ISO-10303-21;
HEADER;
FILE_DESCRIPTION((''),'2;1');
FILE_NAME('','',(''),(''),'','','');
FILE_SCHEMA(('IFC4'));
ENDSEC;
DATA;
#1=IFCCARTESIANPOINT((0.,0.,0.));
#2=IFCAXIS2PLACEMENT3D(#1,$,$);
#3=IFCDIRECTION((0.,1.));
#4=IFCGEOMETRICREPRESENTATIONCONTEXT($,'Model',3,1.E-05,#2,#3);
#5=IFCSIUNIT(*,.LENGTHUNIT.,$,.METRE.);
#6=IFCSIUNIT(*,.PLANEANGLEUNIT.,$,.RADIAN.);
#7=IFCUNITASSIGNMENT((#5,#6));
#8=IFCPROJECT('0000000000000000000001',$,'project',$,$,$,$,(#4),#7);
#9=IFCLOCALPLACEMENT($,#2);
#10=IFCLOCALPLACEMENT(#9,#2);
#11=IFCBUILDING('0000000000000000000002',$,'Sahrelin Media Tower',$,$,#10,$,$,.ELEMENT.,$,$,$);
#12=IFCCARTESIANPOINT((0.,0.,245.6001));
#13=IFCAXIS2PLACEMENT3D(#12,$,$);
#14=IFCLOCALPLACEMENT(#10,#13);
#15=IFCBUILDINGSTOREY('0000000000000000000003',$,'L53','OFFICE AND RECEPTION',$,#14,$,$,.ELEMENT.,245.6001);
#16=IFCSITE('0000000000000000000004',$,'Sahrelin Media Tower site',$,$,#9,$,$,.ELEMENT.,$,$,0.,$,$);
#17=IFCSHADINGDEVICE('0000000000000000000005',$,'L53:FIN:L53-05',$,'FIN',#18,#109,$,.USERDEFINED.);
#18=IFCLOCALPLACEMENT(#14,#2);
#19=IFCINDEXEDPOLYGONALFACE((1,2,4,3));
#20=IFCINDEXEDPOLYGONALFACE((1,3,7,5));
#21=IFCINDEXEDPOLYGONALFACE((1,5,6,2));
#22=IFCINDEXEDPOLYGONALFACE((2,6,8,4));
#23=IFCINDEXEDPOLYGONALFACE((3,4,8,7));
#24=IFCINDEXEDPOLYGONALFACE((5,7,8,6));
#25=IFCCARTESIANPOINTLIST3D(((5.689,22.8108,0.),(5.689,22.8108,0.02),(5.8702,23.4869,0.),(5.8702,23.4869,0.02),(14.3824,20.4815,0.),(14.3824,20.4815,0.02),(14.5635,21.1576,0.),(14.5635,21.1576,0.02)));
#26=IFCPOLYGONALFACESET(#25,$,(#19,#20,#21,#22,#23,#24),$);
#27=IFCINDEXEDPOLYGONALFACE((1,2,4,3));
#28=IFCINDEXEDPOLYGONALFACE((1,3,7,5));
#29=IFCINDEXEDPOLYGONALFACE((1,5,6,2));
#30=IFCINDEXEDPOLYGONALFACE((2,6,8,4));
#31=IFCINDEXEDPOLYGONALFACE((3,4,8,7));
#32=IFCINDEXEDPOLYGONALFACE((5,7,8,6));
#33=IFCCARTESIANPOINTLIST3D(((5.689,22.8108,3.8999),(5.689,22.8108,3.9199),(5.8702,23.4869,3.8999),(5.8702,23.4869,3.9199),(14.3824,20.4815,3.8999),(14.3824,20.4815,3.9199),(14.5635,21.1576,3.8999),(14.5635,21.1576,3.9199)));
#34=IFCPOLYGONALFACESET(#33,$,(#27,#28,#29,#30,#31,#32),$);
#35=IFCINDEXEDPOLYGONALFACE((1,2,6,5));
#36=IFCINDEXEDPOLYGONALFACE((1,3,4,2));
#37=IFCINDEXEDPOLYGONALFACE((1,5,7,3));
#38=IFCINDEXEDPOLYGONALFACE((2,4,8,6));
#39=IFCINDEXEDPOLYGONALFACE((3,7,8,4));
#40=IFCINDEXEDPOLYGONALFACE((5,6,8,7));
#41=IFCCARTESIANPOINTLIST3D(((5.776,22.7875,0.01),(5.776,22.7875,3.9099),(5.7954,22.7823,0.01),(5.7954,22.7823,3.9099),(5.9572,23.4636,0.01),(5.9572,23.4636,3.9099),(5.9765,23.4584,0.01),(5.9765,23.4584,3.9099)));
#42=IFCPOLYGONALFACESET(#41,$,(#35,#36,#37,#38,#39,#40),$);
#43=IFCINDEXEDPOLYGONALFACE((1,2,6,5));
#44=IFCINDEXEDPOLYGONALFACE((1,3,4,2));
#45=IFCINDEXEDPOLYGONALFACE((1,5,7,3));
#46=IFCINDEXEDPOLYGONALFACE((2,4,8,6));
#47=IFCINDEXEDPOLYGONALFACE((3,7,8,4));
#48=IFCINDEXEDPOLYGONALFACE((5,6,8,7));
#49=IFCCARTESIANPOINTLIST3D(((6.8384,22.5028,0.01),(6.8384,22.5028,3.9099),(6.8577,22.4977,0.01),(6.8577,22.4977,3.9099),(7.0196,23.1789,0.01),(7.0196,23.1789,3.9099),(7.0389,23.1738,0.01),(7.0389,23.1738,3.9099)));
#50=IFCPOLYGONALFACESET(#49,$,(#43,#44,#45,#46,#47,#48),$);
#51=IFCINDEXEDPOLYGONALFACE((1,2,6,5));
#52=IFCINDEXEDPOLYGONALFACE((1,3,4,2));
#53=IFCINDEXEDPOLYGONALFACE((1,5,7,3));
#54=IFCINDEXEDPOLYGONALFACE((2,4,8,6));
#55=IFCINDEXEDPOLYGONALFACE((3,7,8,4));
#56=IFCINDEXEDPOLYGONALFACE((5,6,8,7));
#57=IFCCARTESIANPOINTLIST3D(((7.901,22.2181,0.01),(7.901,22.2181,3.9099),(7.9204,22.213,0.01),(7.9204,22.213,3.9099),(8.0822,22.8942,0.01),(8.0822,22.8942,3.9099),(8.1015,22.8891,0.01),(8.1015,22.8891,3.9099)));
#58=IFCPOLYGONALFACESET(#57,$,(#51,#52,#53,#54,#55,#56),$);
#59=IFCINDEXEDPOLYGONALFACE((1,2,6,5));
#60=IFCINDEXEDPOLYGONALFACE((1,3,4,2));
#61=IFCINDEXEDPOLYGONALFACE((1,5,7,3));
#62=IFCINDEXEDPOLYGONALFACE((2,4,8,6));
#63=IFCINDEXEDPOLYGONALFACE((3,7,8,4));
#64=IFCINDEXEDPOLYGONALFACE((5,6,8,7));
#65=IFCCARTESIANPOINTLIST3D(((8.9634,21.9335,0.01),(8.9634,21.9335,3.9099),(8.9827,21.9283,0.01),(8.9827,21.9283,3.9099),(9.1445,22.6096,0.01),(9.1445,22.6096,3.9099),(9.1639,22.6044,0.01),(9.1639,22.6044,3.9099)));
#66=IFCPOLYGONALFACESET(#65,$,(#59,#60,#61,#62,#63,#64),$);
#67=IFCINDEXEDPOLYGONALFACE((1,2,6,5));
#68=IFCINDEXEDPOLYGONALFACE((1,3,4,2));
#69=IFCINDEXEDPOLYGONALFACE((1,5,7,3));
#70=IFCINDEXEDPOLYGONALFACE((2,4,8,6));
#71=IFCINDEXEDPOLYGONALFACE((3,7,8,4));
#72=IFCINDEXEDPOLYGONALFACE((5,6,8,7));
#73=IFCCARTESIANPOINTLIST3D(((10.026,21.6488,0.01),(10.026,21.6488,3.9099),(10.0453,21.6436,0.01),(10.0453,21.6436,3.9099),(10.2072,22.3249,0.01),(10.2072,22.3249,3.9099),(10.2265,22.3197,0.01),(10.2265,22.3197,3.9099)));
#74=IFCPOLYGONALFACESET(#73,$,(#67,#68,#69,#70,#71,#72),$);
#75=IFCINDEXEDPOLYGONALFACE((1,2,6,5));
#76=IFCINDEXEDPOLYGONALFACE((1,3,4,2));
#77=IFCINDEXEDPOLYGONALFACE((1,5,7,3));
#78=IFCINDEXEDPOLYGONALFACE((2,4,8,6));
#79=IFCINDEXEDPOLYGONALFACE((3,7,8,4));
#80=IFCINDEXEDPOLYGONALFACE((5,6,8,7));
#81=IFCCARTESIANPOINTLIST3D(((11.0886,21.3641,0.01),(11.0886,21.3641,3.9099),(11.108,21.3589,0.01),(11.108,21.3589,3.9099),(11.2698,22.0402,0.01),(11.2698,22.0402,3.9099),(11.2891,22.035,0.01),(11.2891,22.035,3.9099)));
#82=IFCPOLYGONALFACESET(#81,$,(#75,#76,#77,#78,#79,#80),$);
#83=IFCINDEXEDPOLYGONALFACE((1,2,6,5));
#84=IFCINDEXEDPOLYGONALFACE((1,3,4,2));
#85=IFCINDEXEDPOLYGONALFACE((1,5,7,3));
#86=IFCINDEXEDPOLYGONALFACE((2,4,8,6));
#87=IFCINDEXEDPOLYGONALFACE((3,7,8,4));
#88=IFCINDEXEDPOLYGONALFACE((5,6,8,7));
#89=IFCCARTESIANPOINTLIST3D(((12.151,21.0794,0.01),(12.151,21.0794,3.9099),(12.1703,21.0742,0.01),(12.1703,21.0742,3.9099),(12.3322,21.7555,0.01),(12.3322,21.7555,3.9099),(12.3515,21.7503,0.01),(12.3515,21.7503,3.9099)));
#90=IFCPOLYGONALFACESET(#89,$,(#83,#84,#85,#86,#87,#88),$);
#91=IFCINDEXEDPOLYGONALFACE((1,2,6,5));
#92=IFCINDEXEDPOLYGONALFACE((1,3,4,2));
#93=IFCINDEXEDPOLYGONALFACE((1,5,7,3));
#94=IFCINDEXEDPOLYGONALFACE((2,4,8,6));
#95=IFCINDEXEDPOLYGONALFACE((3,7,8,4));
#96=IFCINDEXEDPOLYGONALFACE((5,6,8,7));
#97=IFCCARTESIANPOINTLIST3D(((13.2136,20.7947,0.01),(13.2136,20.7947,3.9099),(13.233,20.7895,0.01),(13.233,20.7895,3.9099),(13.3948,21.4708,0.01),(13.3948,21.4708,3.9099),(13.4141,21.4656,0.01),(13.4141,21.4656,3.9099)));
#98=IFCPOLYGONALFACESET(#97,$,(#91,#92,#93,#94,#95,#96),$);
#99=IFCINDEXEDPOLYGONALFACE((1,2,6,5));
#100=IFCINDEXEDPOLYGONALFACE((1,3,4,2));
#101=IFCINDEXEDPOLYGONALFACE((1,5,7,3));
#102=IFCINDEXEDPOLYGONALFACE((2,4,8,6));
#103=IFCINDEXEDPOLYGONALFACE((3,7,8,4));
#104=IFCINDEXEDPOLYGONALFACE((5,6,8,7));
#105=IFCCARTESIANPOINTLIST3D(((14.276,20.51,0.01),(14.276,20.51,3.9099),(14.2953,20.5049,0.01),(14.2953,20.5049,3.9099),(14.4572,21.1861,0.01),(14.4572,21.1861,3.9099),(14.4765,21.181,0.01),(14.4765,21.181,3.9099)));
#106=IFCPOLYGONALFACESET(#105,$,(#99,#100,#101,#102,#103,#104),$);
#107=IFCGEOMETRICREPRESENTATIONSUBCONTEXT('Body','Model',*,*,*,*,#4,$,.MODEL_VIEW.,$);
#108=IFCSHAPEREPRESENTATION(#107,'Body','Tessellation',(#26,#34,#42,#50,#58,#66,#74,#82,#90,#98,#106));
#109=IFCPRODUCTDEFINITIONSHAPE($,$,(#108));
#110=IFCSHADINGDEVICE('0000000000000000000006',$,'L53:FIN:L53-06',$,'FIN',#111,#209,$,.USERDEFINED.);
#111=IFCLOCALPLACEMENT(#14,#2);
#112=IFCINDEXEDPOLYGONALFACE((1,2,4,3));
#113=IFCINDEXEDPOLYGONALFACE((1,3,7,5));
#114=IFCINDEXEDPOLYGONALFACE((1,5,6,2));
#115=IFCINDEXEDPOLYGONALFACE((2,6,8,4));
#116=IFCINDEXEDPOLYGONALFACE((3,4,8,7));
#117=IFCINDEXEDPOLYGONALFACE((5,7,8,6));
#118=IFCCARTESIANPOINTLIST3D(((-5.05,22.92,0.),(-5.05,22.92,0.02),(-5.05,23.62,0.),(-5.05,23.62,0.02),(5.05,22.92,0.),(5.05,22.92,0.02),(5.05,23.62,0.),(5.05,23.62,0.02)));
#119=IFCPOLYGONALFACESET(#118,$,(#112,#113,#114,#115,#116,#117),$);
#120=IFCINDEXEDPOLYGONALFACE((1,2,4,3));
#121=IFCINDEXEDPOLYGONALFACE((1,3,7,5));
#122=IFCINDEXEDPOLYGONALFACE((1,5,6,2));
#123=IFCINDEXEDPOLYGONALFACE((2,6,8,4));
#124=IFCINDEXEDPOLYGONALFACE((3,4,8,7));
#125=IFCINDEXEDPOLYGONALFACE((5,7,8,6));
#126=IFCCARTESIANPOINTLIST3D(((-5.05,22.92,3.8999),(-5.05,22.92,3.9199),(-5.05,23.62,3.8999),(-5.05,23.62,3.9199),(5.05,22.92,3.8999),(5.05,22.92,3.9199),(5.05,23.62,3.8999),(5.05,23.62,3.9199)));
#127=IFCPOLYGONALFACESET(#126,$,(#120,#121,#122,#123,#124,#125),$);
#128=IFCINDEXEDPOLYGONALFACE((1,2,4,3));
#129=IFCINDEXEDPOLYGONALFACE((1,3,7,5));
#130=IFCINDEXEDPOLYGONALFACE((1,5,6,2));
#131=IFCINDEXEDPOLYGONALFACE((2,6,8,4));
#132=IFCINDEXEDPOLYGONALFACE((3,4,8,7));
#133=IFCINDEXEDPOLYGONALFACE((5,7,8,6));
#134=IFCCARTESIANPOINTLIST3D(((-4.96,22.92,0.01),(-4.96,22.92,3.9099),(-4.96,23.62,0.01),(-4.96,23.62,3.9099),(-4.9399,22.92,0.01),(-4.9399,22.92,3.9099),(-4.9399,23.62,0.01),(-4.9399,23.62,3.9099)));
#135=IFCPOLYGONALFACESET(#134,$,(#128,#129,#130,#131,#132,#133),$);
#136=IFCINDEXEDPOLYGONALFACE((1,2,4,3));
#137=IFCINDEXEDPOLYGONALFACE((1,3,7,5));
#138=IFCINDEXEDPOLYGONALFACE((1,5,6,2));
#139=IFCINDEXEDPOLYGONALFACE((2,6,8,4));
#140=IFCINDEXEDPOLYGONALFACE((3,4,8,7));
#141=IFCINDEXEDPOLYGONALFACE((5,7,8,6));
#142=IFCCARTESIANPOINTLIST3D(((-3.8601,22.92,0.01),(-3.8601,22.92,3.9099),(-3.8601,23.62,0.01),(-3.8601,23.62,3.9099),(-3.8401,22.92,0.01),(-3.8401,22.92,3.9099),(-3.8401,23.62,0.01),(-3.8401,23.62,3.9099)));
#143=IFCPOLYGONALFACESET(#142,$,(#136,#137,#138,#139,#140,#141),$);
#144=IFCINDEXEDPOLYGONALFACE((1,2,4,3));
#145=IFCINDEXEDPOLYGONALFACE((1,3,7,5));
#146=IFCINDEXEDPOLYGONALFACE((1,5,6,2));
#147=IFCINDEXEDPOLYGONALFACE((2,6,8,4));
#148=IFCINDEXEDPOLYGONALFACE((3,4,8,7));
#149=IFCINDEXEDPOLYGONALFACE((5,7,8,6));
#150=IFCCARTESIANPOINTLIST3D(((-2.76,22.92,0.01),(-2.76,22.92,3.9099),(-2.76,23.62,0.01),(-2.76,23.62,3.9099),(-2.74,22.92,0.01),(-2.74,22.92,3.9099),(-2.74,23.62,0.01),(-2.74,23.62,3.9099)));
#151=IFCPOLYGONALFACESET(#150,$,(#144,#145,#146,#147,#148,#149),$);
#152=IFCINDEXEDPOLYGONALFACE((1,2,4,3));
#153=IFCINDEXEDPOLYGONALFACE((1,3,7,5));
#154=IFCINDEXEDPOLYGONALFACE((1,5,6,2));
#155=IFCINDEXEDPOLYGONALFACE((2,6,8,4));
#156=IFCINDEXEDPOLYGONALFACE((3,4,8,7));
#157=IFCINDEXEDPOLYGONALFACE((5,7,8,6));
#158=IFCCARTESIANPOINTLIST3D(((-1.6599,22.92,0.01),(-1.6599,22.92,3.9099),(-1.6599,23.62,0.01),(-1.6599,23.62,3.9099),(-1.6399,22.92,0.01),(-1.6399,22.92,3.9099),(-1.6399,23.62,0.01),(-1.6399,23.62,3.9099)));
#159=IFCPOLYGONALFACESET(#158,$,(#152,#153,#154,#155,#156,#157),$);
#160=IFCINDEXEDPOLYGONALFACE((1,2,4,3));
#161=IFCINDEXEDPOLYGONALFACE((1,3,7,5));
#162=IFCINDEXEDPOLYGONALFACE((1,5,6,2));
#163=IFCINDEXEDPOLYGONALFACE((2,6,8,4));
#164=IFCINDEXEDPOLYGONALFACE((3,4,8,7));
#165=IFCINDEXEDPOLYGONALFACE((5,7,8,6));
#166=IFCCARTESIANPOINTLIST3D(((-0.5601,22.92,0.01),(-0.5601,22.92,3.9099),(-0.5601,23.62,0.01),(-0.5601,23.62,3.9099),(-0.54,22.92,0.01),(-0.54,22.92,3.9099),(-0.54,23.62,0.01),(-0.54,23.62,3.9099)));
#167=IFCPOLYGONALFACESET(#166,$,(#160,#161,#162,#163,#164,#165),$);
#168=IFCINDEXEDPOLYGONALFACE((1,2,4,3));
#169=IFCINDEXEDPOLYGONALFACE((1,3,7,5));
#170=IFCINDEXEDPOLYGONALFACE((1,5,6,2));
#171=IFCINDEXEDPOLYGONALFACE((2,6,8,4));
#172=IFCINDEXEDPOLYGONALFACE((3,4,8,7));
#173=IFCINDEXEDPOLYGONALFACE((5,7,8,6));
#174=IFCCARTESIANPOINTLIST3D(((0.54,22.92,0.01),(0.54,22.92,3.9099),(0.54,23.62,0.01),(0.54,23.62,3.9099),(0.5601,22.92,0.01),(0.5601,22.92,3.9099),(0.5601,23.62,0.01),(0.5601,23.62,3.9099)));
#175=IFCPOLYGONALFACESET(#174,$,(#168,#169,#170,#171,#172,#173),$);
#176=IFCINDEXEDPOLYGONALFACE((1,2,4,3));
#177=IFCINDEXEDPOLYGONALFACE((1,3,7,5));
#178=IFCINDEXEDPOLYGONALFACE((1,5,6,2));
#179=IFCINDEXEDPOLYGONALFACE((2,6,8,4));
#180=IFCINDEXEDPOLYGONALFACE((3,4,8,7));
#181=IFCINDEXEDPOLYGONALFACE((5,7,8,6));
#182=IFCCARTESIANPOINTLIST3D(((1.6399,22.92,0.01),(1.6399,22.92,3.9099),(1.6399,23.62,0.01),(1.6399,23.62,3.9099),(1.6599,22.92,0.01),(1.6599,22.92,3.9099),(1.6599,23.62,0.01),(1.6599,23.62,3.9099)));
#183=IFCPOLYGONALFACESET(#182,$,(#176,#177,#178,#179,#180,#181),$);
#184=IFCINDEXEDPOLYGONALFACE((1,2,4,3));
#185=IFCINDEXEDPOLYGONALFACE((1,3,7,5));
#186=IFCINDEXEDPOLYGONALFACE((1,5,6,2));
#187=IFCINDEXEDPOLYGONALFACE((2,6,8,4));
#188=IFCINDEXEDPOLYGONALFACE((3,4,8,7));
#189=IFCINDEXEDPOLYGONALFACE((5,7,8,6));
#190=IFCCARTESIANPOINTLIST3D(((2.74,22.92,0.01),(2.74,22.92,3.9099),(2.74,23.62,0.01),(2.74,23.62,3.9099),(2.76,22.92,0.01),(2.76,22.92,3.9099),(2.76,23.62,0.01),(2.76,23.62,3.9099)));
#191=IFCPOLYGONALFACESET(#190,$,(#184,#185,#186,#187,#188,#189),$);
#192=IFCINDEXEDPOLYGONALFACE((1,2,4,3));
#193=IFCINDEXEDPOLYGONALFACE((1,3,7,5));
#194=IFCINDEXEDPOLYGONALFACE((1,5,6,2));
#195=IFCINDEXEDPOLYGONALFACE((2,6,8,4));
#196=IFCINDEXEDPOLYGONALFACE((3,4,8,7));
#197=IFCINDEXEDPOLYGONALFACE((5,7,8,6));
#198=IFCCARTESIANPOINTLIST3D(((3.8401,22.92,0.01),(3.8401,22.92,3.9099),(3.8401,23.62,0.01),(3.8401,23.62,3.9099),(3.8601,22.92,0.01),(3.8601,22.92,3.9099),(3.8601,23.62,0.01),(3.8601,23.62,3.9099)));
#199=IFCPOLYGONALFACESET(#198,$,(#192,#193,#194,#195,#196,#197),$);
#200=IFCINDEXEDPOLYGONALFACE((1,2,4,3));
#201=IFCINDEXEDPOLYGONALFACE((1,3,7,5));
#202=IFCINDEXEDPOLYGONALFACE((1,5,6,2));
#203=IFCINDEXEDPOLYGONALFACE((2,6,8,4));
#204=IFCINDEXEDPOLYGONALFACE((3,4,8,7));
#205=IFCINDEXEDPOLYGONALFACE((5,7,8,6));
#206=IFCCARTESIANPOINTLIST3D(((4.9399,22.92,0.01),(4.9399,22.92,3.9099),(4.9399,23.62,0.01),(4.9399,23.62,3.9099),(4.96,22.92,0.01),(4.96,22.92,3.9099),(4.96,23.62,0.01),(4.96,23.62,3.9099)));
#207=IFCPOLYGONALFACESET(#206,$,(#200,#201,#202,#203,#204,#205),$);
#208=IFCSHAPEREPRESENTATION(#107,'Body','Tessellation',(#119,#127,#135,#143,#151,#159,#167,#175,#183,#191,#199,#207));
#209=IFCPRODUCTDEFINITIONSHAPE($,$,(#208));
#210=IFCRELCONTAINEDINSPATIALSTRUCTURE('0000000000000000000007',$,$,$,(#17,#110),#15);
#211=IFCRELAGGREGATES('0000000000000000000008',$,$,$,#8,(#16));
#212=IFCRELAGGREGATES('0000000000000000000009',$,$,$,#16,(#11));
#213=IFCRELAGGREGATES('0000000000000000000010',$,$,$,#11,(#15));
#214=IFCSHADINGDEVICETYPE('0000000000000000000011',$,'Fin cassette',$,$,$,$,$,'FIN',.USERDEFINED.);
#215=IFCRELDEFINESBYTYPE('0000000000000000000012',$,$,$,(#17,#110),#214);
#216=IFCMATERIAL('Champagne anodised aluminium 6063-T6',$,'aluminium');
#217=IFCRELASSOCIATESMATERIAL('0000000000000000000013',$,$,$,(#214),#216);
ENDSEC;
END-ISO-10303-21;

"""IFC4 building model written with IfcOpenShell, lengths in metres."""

from ifc_helpers import new_model, si_unit, direction, frame, origin, origin_2d, place, context, subcontext, project, spatial, rectangle, extrude, material, type_object, element, save


model = new_model("IFC4")

# Units and contexts
model_context = context("Model", 3, precision=1e-05, world=origin(), true_north=direction((0.0, 1.0)))
body_context = subcontext(model_context, "Body", "Model", "MODEL_VIEW")
ifc_project = project(units=[si_unit("LENGTHUNIT", "METRE"), si_unit("PLANEANGLEUNIT", "RADIAN")], contexts=[model_context])

# Site, building, storey
site_placement = place(None, origin())
site = spatial("IfcSite", under=ifc_project, at=site_placement, Name="Sahrelin Media Tower site", CompositionType="ELEMENT", RefElevation=0.0)
building_placement = place(site_placement, origin())
building = spatial("IfcBuilding", under=site, at=building_placement, Name="Sahrelin Media Tower", CompositionType="ELEMENT")
storey_placement = place(building_placement, frame((0.0, 0.0, 245.6001)))
storey = spatial("IfcBuildingStorey", under=building, at=storey_placement, Name="L53", Description="OFFICE AND RECEPTION", CompositionType="ELEMENT", Elevation=245.6001)

# Shared definitions
ifc_material_1 = material(Name="Champagne anodised aluminium 6063-T6", Category="aluminium")

# Shared definitions
placement_1 = place(storey_placement, frame((0.0, 22.8501, 0.0), z_axis=(0.0, 0.0, 1.0), x_axis=(1.0, 0.0, 0.0)))

# Shading devices
shading_device_type_1 = type_object("IfcShadingDeviceType", Name="Fin cassette", ElementType="FIN", PredefinedType="USERDEFINED", material=ifc_material_1)
placement_2 = place(storey_placement, frame((10.0176, 21.5786, 0.0), z_axis=(0.0, 0.0, 1.0), x_axis=(0.965929, -0.258808, 0.0)))
element("IfcShadingDevice", 1, at=placement_2, inside=storey, type_object=shading_device_type_1, Name="L53:FIN:L53-05", ObjectType="FIN", PredefinedType="USERDEFINED", context=body_context, shape_type="SweptSolid", body=[
    extrude(rectangle(XDim=9.0, YDim=0.7, at=origin_2d()), frame((0.0, 0.4199, 0.0)), (0.0, 0.0, 1.0), 0.02),
    extrude(rectangle(XDim=9.0, YDim=0.7, at=origin_2d()), frame((0.0, 0.4199, 3.8999)), (0.0, 0.0, 1.0), 0.02),
    extrude(rectangle(XDim=0.02, YDim=0.7, at=origin_2d()), frame((-4.3999, 0.4199, 0.01), z_axis=(0.0, 0.0, 1.0), x_axis=(1.0, 0.0, 0.0)), (0.0, 0.0, 1.0), 3.8999),
    extrude(rectangle(XDim=0.02, YDim=0.7, at=origin_2d()), frame((-3.3, 0.4199, 0.01), z_axis=(0.0, 0.0, 1.0), x_axis=(1.0, 0.0, 0.0)), (0.0, 0.0, 1.0), 3.8999),
    extrude(rectangle(XDim=0.02, YDim=0.7, at=origin_2d()), frame((-2.2, 0.4199, 0.01), z_axis=(0.0, 0.0, 1.0), x_axis=(1.0, 0.0, 0.0)), (0.0, 0.0, 1.0), 3.8999),
    extrude(rectangle(XDim=0.02, YDim=0.7, at=origin_2d()), frame((-1.1001, 0.4199, 0.01), z_axis=(0.0, 0.0, 1.0), x_axis=(1.0, 0.0, 0.0)), (0.0, 0.0, 1.0), 3.8999),
    extrude(rectangle(XDim=0.02, YDim=0.7, at=origin_2d()), frame((0.0, 0.4199, 0.01), z_axis=(0.0, 0.0, 1.0), x_axis=(1.0, 0.0, 0.0)), (0.0, 0.0, 1.0), 3.8999),
    extrude(rectangle(XDim=0.02, YDim=0.7, at=origin_2d()), frame((1.1001, 0.4199, 0.01), z_axis=(0.0, 0.0, 1.0), x_axis=(1.0, 0.0, 0.0)), (0.0, 0.0, 1.0), 3.8999),
    extrude(rectangle(XDim=0.02, YDim=0.7, at=origin_2d()), frame((2.2, 0.4199, 0.01), z_axis=(0.0, 0.0, 1.0), x_axis=(1.0, 0.0, 0.0)), (0.0, 0.0, 1.0), 3.8999),
    extrude(rectangle(XDim=0.02, YDim=0.7, at=origin_2d()), frame((3.3, 0.4199, 0.01), z_axis=(0.0, 0.0, 1.0), x_axis=(1.0, 0.0, 0.0)), (0.0, 0.0, 1.0), 3.8999),
    extrude(rectangle(XDim=0.02, YDim=0.7, at=origin_2d()), frame((4.3999, 0.4199, 0.01), z_axis=(0.0, 0.0, 1.0), x_axis=(1.0, 0.0, 0.0)), (0.0, 0.0, 1.0), 3.8999),
])
element("IfcShadingDevice", 2, at=placement_1, inside=storey, type_object=shading_device_type_1, Name="L53:FIN:L53-06", ObjectType="FIN", PredefinedType="USERDEFINED", context=body_context, shape_type="SweptSolid", body=[
    extrude(rectangle(XDim=10.1001, YDim=0.7, at=origin_2d()), frame((0.0, 0.4199, 0.0)), (0.0, 0.0, 1.0), 0.02),
    extrude(rectangle(XDim=10.1001, YDim=0.7, at=origin_2d()), frame((0.0, 0.4199, 3.8999)), (0.0, 0.0, 1.0), 0.02),
    extrude(rectangle(XDim=0.02, YDim=0.7, at=origin_2d()), frame((-4.95, 0.4199, 0.01), z_axis=(0.0, 0.0, 1.0), x_axis=(1.0, 0.0, 0.0)), (0.0, 0.0, 1.0), 3.8999),
    extrude(rectangle(XDim=0.02, YDim=0.7, at=origin_2d()), frame((-3.8501, 0.4199, 0.01), z_axis=(0.0, 0.0, 1.0), x_axis=(1.0, 0.0, 0.0)), (0.0, 0.0, 1.0), 3.8999),
    extrude(rectangle(XDim=0.02, YDim=0.7, at=origin_2d()), frame((-2.75, 0.4199, 0.01), z_axis=(0.0, 0.0, 1.0), x_axis=(1.0, 0.0, 0.0)), (0.0, 0.0, 1.0), 3.8999),
    extrude(rectangle(XDim=0.02, YDim=0.7, at=origin_2d()), frame((-1.6499, 0.4199, 0.01), z_axis=(0.0, 0.0, 1.0), x_axis=(1.0, 0.0, 0.0)), (0.0, 0.0, 1.0), 3.8999),
    extrude(rectangle(XDim=0.02, YDim=0.7, at=origin_2d()), frame((-0.55, 0.4199, 0.01), z_axis=(0.0, 0.0, 1.0), x_axis=(1.0, 0.0, 0.0)), (0.0, 0.0, 1.0), 3.8999),
    extrude(rectangle(XDim=0.02, YDim=0.7, at=origin_2d()), frame((0.55, 0.4199, 0.01), z_axis=(0.0, 0.0, 1.0), x_axis=(1.0, 0.0, 0.0)), (0.0, 0.0, 1.0), 3.8999),
    extrude(rectangle(XDim=0.02, YDim=0.7, at=origin_2d()), frame((1.6499, 0.4199, 0.01), z_axis=(0.0, 0.0, 1.0), x_axis=(1.0, 0.0, 0.0)), (0.0, 0.0, 1.0), 3.8999),
    extrude(rectangle(XDim=0.02, YDim=0.7, at=origin_2d()), frame((2.75, 0.4199, 0.01), z_axis=(0.0, 0.0, 1.0), x_axis=(1.0, 0.0, 0.0)), (0.0, 0.0, 1.0), 3.8999),
    extrude(rectangle(XDim=0.02, YDim=0.7, at=origin_2d()), frame((3.8501, 0.4199, 0.01), z_axis=(0.0, 0.0, 1.0), x_axis=(1.0, 0.0, 0.0)), (0.0, 0.0, 1.0), 3.8999),
    extrude(rectangle(XDim=0.02, YDim=0.7, at=origin_2d()), frame((4.95, 0.4199, 0.01), z_axis=(0.0, 0.0, 1.0), x_axis=(1.0, 0.0, 0.0)), (0.0, 0.0, 1.0), 3.8999),
])

save(model, "model.ifc")
